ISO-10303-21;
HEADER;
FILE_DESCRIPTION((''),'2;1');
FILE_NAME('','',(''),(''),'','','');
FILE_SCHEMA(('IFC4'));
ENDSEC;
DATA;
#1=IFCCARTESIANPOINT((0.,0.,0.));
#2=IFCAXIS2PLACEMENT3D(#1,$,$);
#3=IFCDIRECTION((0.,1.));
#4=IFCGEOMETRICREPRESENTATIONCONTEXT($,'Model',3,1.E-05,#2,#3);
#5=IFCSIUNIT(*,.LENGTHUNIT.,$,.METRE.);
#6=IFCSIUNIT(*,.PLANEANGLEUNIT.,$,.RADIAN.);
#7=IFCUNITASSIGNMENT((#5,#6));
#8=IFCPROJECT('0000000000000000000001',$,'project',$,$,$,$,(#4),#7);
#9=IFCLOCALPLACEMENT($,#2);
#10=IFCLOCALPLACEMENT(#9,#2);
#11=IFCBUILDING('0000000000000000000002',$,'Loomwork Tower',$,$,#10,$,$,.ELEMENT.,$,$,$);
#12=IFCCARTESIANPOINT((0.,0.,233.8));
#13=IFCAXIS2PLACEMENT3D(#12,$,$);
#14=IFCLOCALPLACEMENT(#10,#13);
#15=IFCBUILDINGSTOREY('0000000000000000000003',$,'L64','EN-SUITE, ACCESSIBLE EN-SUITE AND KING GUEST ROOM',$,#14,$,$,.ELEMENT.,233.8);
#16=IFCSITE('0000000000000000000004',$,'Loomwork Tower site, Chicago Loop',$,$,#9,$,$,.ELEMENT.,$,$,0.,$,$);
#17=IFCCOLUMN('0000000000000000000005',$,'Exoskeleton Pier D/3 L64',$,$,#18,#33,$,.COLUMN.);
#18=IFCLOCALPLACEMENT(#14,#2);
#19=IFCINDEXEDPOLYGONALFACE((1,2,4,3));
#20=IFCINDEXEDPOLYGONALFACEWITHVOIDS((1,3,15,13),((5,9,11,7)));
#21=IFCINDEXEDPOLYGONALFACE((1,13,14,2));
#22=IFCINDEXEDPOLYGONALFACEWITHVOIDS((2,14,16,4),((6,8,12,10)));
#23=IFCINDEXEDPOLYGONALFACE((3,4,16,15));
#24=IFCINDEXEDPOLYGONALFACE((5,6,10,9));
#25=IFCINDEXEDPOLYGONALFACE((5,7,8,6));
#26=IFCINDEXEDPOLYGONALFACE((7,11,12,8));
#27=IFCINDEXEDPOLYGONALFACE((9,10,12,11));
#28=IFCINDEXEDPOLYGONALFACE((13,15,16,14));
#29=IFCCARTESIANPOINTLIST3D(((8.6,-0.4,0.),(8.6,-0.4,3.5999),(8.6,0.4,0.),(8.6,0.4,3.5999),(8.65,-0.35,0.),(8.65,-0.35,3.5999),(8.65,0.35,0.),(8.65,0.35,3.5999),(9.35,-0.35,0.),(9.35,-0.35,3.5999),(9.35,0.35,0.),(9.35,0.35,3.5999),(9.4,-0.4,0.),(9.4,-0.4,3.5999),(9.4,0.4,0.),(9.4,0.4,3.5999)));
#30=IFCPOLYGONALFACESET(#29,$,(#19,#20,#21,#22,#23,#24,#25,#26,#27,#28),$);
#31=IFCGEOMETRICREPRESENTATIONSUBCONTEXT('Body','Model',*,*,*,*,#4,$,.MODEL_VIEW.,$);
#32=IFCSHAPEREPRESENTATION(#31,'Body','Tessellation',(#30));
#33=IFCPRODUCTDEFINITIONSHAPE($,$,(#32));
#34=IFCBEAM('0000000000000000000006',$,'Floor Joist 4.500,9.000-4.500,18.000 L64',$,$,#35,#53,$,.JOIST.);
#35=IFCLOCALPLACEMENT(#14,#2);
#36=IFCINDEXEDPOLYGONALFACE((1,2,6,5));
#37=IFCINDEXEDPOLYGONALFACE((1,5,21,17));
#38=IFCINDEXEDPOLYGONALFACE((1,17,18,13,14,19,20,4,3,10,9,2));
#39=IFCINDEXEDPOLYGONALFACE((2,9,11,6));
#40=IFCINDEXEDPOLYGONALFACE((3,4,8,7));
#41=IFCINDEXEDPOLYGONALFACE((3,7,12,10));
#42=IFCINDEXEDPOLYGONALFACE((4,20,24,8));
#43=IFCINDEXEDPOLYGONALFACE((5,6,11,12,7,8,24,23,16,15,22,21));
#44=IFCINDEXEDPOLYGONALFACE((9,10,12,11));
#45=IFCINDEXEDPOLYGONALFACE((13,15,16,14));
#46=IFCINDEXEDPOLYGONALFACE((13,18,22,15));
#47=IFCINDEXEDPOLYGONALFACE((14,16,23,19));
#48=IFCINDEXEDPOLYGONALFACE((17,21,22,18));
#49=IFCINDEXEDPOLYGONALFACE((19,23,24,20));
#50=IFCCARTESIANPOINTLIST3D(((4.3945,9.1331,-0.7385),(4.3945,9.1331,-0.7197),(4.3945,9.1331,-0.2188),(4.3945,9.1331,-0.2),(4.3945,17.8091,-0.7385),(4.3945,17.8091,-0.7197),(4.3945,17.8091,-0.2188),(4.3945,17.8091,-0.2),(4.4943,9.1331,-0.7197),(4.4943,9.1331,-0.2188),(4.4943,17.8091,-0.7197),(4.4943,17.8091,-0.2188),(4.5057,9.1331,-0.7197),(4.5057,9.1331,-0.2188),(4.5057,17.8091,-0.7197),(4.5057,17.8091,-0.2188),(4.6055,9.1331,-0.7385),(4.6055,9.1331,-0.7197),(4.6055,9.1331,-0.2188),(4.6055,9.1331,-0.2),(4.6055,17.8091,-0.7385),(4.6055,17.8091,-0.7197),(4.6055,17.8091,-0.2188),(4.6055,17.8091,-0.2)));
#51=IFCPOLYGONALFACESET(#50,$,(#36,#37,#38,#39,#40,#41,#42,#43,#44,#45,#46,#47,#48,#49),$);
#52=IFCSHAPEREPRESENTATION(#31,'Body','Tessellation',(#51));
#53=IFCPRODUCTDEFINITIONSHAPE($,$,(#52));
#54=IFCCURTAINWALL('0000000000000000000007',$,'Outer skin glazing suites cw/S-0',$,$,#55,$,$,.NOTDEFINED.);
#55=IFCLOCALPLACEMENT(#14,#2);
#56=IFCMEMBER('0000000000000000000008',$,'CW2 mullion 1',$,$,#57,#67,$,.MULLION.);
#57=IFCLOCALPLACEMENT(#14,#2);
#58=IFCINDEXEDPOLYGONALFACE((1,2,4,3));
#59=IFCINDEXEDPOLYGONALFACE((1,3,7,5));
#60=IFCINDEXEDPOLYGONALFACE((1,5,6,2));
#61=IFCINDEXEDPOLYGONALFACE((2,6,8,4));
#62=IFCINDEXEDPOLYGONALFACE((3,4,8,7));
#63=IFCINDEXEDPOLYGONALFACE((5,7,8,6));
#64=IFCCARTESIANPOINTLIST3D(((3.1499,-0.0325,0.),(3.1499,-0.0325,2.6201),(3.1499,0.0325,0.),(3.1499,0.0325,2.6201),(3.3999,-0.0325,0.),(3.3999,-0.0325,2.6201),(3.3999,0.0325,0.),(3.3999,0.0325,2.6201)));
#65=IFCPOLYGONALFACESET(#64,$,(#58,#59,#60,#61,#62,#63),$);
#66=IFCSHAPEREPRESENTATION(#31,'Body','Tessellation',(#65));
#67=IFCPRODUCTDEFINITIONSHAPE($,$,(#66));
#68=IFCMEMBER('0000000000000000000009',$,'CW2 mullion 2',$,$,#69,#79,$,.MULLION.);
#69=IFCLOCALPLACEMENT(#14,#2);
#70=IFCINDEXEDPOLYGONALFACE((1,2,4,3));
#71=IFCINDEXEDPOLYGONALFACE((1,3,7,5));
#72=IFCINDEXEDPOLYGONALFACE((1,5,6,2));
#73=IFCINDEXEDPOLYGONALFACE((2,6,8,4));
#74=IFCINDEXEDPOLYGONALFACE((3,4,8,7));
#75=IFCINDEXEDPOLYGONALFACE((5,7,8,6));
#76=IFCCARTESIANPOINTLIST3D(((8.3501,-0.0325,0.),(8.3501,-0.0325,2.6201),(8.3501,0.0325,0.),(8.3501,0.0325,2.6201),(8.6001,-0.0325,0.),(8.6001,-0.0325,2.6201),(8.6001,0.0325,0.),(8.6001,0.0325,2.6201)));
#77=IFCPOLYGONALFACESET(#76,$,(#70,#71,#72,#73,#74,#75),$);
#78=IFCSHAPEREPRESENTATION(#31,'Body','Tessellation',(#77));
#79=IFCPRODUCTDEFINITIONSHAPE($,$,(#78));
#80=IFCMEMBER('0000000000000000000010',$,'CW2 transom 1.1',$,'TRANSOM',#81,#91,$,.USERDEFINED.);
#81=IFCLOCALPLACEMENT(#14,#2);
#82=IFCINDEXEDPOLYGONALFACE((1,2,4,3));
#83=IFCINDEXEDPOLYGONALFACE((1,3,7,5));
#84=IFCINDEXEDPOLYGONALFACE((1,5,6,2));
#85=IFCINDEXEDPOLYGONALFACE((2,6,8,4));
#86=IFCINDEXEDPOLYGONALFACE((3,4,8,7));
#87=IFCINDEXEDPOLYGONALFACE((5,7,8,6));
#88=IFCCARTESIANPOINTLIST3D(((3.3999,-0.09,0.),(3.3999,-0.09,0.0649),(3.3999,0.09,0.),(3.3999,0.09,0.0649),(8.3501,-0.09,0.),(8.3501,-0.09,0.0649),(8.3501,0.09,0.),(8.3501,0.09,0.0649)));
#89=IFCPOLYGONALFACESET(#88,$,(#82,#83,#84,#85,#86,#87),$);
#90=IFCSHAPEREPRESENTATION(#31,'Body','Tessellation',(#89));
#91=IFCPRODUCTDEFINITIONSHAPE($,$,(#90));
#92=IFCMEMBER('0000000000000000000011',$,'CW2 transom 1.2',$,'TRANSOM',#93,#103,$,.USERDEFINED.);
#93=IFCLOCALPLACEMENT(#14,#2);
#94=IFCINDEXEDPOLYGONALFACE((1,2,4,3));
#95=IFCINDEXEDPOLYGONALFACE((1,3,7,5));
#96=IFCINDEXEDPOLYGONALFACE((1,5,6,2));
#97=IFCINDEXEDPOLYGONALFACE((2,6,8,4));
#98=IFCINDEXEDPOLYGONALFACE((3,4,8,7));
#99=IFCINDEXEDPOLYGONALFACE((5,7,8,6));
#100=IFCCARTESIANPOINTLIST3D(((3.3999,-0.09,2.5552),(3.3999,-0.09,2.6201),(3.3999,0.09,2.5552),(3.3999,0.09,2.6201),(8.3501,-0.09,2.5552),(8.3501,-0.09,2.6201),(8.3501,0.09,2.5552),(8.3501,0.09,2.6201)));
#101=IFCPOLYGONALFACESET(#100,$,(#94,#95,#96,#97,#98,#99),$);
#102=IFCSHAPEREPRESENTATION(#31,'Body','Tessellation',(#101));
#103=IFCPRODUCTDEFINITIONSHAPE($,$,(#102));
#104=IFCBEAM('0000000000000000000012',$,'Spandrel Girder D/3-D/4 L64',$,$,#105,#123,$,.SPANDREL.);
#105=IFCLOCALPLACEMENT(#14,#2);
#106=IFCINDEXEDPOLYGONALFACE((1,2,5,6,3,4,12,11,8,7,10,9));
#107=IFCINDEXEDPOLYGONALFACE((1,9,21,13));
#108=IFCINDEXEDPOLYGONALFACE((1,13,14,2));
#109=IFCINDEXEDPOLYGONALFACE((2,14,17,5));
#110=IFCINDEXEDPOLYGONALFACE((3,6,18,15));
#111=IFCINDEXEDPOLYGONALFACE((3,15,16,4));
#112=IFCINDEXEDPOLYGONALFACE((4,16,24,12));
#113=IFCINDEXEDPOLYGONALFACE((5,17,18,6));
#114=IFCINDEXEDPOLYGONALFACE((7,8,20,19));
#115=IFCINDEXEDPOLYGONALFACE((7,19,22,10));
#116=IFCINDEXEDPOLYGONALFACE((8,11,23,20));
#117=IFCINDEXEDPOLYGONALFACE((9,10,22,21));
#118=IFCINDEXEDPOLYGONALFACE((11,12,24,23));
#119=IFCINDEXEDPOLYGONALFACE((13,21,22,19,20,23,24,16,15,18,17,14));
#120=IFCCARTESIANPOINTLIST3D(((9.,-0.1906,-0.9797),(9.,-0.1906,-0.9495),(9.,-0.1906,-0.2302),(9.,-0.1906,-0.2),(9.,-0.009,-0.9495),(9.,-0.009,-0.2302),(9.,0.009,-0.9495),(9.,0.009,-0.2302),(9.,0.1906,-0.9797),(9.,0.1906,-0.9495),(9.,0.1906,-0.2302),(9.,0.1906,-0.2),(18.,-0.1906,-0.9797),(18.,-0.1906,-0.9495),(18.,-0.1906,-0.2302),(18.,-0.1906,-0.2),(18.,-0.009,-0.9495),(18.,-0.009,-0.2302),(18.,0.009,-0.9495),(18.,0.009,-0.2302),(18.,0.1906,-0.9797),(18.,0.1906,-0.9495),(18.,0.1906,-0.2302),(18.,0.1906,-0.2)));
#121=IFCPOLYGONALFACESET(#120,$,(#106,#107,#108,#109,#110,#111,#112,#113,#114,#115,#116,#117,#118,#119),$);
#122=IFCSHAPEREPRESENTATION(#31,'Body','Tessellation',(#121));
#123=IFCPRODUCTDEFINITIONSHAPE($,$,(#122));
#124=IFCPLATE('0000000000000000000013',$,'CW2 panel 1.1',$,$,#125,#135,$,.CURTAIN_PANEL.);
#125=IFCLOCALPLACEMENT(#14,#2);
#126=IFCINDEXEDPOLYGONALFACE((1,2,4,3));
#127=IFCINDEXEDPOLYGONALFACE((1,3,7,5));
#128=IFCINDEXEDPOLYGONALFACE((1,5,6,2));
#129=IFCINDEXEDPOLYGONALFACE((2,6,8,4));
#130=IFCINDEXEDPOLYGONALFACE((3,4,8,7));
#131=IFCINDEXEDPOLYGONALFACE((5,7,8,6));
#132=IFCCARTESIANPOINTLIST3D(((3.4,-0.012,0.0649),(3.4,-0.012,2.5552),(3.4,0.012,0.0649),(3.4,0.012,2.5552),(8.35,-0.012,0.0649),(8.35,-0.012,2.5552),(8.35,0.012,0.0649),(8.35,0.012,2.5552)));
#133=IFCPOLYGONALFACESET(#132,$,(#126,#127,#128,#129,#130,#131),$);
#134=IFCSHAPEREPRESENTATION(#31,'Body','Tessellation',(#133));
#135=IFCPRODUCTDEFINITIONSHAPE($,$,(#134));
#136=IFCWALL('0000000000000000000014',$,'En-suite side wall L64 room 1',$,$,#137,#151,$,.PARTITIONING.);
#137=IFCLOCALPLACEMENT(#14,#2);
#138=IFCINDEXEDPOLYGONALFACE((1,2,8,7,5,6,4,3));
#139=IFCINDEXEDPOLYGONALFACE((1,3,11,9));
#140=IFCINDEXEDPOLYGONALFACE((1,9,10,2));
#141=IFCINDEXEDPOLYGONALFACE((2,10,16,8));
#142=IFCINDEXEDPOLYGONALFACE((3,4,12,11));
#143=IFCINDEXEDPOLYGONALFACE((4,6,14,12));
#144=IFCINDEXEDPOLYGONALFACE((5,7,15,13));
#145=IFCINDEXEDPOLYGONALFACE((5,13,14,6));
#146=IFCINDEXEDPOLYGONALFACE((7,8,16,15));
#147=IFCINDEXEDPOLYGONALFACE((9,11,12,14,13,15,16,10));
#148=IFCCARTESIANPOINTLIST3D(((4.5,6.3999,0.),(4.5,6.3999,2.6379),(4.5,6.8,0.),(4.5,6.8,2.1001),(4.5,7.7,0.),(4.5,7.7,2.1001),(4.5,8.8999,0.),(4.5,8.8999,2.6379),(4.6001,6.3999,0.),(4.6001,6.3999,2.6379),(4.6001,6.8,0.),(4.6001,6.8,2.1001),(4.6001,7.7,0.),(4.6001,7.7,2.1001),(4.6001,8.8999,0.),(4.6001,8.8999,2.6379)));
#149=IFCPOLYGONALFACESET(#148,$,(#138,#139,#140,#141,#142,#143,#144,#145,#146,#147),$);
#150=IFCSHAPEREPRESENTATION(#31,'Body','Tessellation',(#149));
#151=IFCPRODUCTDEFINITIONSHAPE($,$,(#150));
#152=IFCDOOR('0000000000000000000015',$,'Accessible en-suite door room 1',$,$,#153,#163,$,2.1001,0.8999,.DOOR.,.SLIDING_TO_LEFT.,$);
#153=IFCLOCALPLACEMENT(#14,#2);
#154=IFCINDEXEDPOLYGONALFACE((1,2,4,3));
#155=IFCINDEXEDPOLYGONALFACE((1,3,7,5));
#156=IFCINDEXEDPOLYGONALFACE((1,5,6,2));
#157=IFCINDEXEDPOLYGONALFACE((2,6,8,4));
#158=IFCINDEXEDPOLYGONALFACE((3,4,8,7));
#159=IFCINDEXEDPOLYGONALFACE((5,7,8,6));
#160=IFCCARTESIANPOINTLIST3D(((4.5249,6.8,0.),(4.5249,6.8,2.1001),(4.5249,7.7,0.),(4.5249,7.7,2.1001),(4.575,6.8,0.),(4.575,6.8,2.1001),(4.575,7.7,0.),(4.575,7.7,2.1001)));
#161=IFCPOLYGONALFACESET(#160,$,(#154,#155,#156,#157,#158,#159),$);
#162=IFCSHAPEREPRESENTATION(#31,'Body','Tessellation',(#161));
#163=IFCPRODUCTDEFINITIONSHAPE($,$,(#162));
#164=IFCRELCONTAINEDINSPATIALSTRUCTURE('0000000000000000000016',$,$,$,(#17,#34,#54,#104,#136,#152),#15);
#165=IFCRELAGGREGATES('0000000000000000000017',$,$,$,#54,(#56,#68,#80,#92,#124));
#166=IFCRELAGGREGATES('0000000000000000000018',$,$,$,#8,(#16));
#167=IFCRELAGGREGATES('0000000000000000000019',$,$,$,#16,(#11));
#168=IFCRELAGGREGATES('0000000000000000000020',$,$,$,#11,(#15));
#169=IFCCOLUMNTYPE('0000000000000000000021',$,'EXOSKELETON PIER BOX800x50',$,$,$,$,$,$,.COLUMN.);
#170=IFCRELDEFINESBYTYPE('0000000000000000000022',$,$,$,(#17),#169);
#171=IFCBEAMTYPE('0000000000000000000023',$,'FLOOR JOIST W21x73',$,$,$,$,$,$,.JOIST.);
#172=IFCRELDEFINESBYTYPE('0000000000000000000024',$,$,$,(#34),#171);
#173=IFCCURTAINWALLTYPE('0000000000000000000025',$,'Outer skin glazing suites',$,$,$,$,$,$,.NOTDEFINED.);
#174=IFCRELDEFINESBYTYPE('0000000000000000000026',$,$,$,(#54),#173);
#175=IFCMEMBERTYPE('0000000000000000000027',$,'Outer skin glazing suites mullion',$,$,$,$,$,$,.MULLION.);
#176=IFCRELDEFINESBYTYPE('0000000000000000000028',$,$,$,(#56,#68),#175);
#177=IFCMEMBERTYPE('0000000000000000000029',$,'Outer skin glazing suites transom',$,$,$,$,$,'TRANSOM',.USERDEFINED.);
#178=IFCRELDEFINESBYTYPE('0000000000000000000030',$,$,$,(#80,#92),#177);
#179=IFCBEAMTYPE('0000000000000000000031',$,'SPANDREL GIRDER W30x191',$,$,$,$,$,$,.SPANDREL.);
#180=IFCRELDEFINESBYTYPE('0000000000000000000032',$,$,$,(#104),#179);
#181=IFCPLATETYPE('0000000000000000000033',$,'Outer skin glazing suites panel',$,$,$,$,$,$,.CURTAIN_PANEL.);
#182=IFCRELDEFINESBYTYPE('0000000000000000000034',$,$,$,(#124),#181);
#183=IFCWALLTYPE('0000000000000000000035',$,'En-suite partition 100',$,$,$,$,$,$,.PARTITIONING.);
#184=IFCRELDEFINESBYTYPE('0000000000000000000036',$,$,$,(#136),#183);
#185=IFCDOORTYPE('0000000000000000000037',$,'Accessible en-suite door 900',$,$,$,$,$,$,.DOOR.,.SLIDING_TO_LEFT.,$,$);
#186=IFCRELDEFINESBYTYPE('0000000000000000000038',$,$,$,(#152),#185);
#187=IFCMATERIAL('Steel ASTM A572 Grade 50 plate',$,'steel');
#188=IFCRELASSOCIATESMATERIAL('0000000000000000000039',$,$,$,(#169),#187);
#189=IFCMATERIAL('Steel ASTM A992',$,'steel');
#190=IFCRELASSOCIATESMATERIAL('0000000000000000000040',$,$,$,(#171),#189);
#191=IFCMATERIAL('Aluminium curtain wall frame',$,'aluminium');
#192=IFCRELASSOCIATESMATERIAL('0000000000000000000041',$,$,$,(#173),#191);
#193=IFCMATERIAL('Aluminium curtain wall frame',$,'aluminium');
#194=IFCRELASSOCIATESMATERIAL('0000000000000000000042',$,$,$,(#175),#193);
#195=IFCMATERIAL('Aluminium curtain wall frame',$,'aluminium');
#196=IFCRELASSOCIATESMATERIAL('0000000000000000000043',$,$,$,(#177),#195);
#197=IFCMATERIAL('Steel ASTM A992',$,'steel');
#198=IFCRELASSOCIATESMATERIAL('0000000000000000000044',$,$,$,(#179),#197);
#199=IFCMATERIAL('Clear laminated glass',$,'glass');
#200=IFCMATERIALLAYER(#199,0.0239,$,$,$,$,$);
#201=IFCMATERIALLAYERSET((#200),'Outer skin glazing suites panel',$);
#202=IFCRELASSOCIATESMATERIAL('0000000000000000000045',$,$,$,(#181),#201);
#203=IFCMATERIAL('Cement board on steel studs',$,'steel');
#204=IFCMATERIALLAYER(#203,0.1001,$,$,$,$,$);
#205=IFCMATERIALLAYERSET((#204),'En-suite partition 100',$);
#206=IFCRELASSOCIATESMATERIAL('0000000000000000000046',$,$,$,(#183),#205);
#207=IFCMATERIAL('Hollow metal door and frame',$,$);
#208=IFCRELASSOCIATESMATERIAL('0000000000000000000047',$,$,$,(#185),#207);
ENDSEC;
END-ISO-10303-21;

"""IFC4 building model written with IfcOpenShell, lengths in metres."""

from ifc_helpers import new_model, si_unit, direction, frame, frame_2d, origin, origin_2d, place, context, subcontext, project, spatial, rectangle, hollow_rectangle, i_section, extrude, material, layer, layer_set, material_profile, profile_set, type_object, element, fill, aggregate, save


model = new_model("IFC4")

# Units and contexts
model_context = context("Model", 3, precision=1e-05, world=origin(), true_north=direction((0.0, 1.0)))
body_context = subcontext(model_context, "Body", "Model", "MODEL_VIEW")
ifc_project = project(units=[si_unit("LENGTHUNIT", "METRE"), si_unit("PLANEANGLEUNIT", "RADIAN")], contexts=[model_context])

# Site, building, storey
site_placement = place(None, origin())
site = spatial("IfcSite", under=ifc_project, at=site_placement, Name="Loomwork Tower site, Chicago Loop", CompositionType="ELEMENT", RefElevation=0.0)
building_placement = place(site_placement, origin())
building = spatial("IfcBuilding", under=site, at=building_placement, Name="Loomwork Tower", CompositionType="ELEMENT")
storey_placement = place(building_placement, frame((0.0, 0.0, 233.8)))
storey = spatial("IfcBuildingStorey", under=building, at=storey_placement, Name="L64", Description="EN-SUITE, ACCESSIBLE EN-SUITE AND KING GUEST ROOM", CompositionType="ELEMENT", Elevation=233.8)

# Column
ifc_material_1 = material(Name="Steel ASTM A572 Grade 50 plate", Category="steel")
ifc_material_profile_1 = material_profile(ifc_material_1, hollow_rectangle(XDim=0.8, YDim=0.8, WallThickness=0.05, at=origin_2d()), Name="BOX800x50")
ifc_profile_set_1 = profile_set([ifc_material_profile_1], Name="Steel ASTM A572 Grade 50 plate")
column_type = type_object("IfcColumnType", Name="EXOSKELETON PIER BOX800x50", PredefinedType="COLUMN", material=ifc_profile_set_1)
column_placement = place(storey_placement, frame((9.0, 0.0, 0.0), z_axis=(0.0, 0.0, 1.0), x_axis=(1.0, 0.0, 0.0)))
element("IfcColumn", 1, at=column_placement, inside=storey, type_object=column_type, Name="Exoskeleton Pier D/3 L64", PredefinedType="COLUMN", context=body_context, shape_type="SweptSolid", body=[
    extrude(hollow_rectangle(XDim=0.8, YDim=0.8, WallThickness=0.05, at=origin_2d()), origin(), (0.0, 0.0, 1.0), 3.5999),
])

# Beam
ifc_material_2 = material(Name="Steel ASTM A992", Category="steel")
ifc_material_profile_2 = material_profile(ifc_material_2, i_section(OverallWidth=0.2109, OverallDepth=0.5386, WebThickness=0.0115, FlangeThickness=0.0188, at=origin_2d()), Name="W21x73")
ifc_profile_set_2 = profile_set([ifc_material_profile_2], Name="Steel ASTM A992")
beam_type_1 = type_object("IfcBeamType", Name="FLOOR JOIST W21x73", PredefinedType="JOIST", material=ifc_profile_set_2)
beam_1_placement = place(storey_placement, frame((4.5, 9.1331, -0.4692), z_axis=(0.0, 1.0, 0.0), x_axis=(-1.0, 0.0, 0.0)))
element("IfcBeam", 2, at=beam_1_placement, inside=storey, type_object=beam_type_1, Name="Floor Joist 4.500,9.000-4.500,18.000 L64", PredefinedType="JOIST", context=body_context, shape_type="SweptSolid", body=[
    extrude(i_section(OverallWidth=0.2109, OverallDepth=0.5386, WebThickness=0.0115, FlangeThickness=0.0188, at=origin_2d()), origin(), (0.0, 0.0, 1.0), 8.676),
])

# Curtain wall, members
ifc_material_3 = material(Name="Aluminium curtain wall frame", Category="aluminium")
curtain_wall_type = type_object("IfcCurtainWallType", Name="Outer skin glazing suites", PredefinedType="NOTDEFINED", material=ifc_material_3)
curtain_wall_placement = place(storey_placement, origin())
curtain_wall = element("IfcCurtainWall", 3, at=curtain_wall_placement, inside=storey, type_object=curtain_wall_type, Name="Outer skin glazing suites cw/S-0", PredefinedType="NOTDEFINED")
ifc_material_4 = material(Name="Aluminium curtain wall frame", Category="aluminium")
ifc_material_profile_3 = material_profile(ifc_material_4, rectangle(XDim=0.0649, YDim=0.25, at=origin_2d()), Name="AL 65x250")
ifc_profile_set_3 = profile_set([ifc_material_profile_3], Name="Aluminium curtain wall frame")
member_type_1 = type_object("IfcMemberType", Name="Outer skin glazing suites mullion", PredefinedType="MULLION", material=ifc_profile_set_3)
member_1_placement = place(storey_placement, frame((3.2749, 0.0, 0.0), z_axis=(0.0, 0.0, 1.0), x_axis=(0.0, 1.0, 0.0)))
member_1 = element("IfcMember", 4, at=member_1_placement, type_object=member_type_1, Name="CW2 mullion 1", PredefinedType="MULLION", context=body_context, shape_type="SweptSolid", body=[
    extrude(rectangle(XDim=0.0649, YDim=0.25, at=origin_2d()), origin(), (0.0, 0.0, 1.0), 2.6201),
])
member_2_placement = place(storey_placement, frame((8.4751, 0.0, 0.0), z_axis=(0.0, 0.0, 1.0), x_axis=(0.0, 1.0, 0.0)))
member_2 = element("IfcMember", 5, at=member_2_placement, type_object=member_type_1, Name="CW2 mullion 2", PredefinedType="MULLION", context=body_context, shape_type="SweptSolid", body=[
    extrude(rectangle(XDim=0.0649, YDim=0.25, at=origin_2d()), origin(), (0.0, 0.0, 1.0), 2.6201),
])
ifc_material_5 = material(Name="Aluminium curtain wall frame", Category="aluminium")
ifc_material_profile_4 = material_profile(ifc_material_5, rectangle(XDim=0.1799, YDim=0.0649, at=origin_2d()), Name="AL 65x180")
ifc_profile_set_4 = profile_set([ifc_material_profile_4], Name="Aluminium curtain wall frame")
member_type_2 = type_object("IfcMemberType", Name="Outer skin glazing suites transom", ElementType="TRANSOM", PredefinedType="USERDEFINED", material=ifc_profile_set_4)
member_3_placement = place(storey_placement, frame((3.3999, 0.0, 0.0325), z_axis=(1.0, 0.0, 0.0), x_axis=(0.0, 1.0, 0.0)))
member_3 = element("IfcMember", 6, at=member_3_placement, type_object=member_type_2, Name="CW2 transom 1.1", ObjectType="TRANSOM", PredefinedType="USERDEFINED", context=body_context, shape_type="SweptSolid", body=[
    extrude(rectangle(XDim=0.1799, YDim=0.0649, at=origin_2d()), origin(), (0.0, 0.0, 1.0), 4.9502),
])
member_4_placement = place(storey_placement, frame((3.3999, 0.0, 2.5876), z_axis=(1.0, 0.0, 0.0), x_axis=(0.0, 1.0, 0.0)))
member_4 = element("IfcMember", 7, at=member_4_placement, type_object=member_type_2, Name="CW2 transom 1.2", ObjectType="TRANSOM", PredefinedType="USERDEFINED", context=body_context, shape_type="SweptSolid", body=[
    extrude(rectangle(XDim=0.1799, YDim=0.0649, at=origin_2d()), origin(), (0.0, 0.0, 1.0), 4.9502),
])

# Beam
ifc_material_6 = material(Name="Steel ASTM A992", Category="steel")
ifc_material_profile_5 = material_profile(ifc_material_6, i_section(OverallWidth=0.3811, OverallDepth=0.7798, WebThickness=0.0181, FlangeThickness=0.0303, at=origin_2d()), Name="W30x191")
ifc_profile_set_5 = profile_set([ifc_material_profile_5], Name="Steel ASTM A992")
beam_type_2 = type_object("IfcBeamType", Name="SPANDREL GIRDER W30x191", PredefinedType="SPANDREL", material=ifc_profile_set_5)
beam_2_placement = place(storey_placement, frame((9.0, 0.0, -0.5898), z_axis=(1.0, 0.0, 0.0), x_axis=(0.0, 1.0, 0.0)))
element("IfcBeam", 8, at=beam_2_placement, inside=storey, type_object=beam_type_2, Name="Spandrel Girder D/3-D/4 L64", PredefinedType="SPANDREL", context=body_context, shape_type="SweptSolid", body=[
    extrude(i_section(OverallWidth=0.3811, OverallDepth=0.7798, WebThickness=0.0181, FlangeThickness=0.0303, at=origin_2d()), origin(), (0.0, 0.0, 1.0), 9.0),
])

# Plate
ifc_material_7 = material(Name="Clear laminated glass", Category="glass")
ifc_layer_1 = layer(ifc_material_7, 0.0239)
ifc_layer_set_1 = layer_set([ifc_layer_1], Name="Outer skin glazing suites panel")
plate_type = type_object("IfcPlateType", Name="Outer skin glazing suites panel", PredefinedType="CURTAIN_PANEL", material=ifc_layer_set_1)
plate_placement = place(storey_placement, frame((5.875, 0.0, 0.0649), z_axis=(0.0, 0.0, 1.0), x_axis=(1.0, 0.0, 0.0)))
plate = element("IfcPlate", 9, at=plate_placement, type_object=plate_type, Name="CW2 panel 1.1", PredefinedType="CURTAIN_PANEL", context=body_context, shape_type="SweptSolid", body=[
    extrude(rectangle(XDim=4.95, YDim=0.0239, at=origin_2d()), origin(), (0.0, 0.0, 1.0), 2.4902),
])
aggregate(curtain_wall, [member_1, member_2, member_3, member_4, plate])

# Wall, opening, door
ifc_material_8 = material(Name="Cement board on steel studs", Category="steel")
ifc_layer_2 = layer(ifc_material_8, 0.1001)
ifc_layer_set_2 = layer_set([ifc_layer_2], Name="En-suite partition 100")
wall_type_1 = type_object("IfcWallType", Name="En-suite partition 100", PredefinedType="PARTITIONING", material=ifc_layer_set_2)
wall_1_placement = place(storey_placement, frame((4.55, 8.8999, 0.0), z_axis=(0.0, 0.0, 1.0), x_axis=(0.0, -1.0, 0.0)))
wall_1 = element("IfcWall", 10, at=wall_1_placement, inside=storey, type_object=wall_type_1, Name="En-suite side wall L64 room 1", PredefinedType="PARTITIONING", context=body_context, shape_type="SweptSolid", body=[
    extrude(rectangle(XDim=2.5, YDim=0.1001, at=frame_2d((1.25, 0.0))), origin(), (0.0, 0.0, 1.0), 2.6379),
])
opening_1_placement = place(wall_1_placement, frame((1.2, 0.0, 0.0)))
opening_1 = element("IfcOpeningElement", 11, at=opening_1_placement, cuts=wall_1, PredefinedType="OPENING", context=body_context, shape_type="SweptSolid", body=[
    extrude(rectangle(XDim=0.8999, YDim=2.1001, at=frame_2d((0.45, 1.05))), frame((0.0, 0.0601, 0.0), z_axis=(0.0, -1.0, 0.0), x_axis=(1.0, 0.0, 0.0)), (0.0, 0.0, 1.0), 0.1201),
])
ifc_material_9 = material(Name="Hollow metal door and frame")
door_type = type_object("IfcDoorType", Name="Accessible en-suite door 900", OperationType="SLIDING_TO_LEFT", PredefinedType="DOOR", material=ifc_material_9)
door_placement = place(opening_1_placement, origin())
door = element("IfcDoor", 12, at=door_placement, inside=storey, type_object=door_type, Name="Accessible en-suite door room 1", OperationType="SLIDING_TO_LEFT", OverallHeight=2.1001, OverallWidth=0.8999, PredefinedType="DOOR", context=body_context, shape_type="SweptSolid", body=[
    extrude(rectangle(XDim=0.8999, YDim=2.1001, at=frame_2d((0.45, 1.05))), frame((0.0, 0.0249, 0.0), z_axis=(0.0, -1.0, 0.0), x_axis=(1.0, 0.0, 0.0)), (0.0, 0.0, 1.0), 0.05),
])
fill(opening_1, door)

save(model, "model.ifc")
